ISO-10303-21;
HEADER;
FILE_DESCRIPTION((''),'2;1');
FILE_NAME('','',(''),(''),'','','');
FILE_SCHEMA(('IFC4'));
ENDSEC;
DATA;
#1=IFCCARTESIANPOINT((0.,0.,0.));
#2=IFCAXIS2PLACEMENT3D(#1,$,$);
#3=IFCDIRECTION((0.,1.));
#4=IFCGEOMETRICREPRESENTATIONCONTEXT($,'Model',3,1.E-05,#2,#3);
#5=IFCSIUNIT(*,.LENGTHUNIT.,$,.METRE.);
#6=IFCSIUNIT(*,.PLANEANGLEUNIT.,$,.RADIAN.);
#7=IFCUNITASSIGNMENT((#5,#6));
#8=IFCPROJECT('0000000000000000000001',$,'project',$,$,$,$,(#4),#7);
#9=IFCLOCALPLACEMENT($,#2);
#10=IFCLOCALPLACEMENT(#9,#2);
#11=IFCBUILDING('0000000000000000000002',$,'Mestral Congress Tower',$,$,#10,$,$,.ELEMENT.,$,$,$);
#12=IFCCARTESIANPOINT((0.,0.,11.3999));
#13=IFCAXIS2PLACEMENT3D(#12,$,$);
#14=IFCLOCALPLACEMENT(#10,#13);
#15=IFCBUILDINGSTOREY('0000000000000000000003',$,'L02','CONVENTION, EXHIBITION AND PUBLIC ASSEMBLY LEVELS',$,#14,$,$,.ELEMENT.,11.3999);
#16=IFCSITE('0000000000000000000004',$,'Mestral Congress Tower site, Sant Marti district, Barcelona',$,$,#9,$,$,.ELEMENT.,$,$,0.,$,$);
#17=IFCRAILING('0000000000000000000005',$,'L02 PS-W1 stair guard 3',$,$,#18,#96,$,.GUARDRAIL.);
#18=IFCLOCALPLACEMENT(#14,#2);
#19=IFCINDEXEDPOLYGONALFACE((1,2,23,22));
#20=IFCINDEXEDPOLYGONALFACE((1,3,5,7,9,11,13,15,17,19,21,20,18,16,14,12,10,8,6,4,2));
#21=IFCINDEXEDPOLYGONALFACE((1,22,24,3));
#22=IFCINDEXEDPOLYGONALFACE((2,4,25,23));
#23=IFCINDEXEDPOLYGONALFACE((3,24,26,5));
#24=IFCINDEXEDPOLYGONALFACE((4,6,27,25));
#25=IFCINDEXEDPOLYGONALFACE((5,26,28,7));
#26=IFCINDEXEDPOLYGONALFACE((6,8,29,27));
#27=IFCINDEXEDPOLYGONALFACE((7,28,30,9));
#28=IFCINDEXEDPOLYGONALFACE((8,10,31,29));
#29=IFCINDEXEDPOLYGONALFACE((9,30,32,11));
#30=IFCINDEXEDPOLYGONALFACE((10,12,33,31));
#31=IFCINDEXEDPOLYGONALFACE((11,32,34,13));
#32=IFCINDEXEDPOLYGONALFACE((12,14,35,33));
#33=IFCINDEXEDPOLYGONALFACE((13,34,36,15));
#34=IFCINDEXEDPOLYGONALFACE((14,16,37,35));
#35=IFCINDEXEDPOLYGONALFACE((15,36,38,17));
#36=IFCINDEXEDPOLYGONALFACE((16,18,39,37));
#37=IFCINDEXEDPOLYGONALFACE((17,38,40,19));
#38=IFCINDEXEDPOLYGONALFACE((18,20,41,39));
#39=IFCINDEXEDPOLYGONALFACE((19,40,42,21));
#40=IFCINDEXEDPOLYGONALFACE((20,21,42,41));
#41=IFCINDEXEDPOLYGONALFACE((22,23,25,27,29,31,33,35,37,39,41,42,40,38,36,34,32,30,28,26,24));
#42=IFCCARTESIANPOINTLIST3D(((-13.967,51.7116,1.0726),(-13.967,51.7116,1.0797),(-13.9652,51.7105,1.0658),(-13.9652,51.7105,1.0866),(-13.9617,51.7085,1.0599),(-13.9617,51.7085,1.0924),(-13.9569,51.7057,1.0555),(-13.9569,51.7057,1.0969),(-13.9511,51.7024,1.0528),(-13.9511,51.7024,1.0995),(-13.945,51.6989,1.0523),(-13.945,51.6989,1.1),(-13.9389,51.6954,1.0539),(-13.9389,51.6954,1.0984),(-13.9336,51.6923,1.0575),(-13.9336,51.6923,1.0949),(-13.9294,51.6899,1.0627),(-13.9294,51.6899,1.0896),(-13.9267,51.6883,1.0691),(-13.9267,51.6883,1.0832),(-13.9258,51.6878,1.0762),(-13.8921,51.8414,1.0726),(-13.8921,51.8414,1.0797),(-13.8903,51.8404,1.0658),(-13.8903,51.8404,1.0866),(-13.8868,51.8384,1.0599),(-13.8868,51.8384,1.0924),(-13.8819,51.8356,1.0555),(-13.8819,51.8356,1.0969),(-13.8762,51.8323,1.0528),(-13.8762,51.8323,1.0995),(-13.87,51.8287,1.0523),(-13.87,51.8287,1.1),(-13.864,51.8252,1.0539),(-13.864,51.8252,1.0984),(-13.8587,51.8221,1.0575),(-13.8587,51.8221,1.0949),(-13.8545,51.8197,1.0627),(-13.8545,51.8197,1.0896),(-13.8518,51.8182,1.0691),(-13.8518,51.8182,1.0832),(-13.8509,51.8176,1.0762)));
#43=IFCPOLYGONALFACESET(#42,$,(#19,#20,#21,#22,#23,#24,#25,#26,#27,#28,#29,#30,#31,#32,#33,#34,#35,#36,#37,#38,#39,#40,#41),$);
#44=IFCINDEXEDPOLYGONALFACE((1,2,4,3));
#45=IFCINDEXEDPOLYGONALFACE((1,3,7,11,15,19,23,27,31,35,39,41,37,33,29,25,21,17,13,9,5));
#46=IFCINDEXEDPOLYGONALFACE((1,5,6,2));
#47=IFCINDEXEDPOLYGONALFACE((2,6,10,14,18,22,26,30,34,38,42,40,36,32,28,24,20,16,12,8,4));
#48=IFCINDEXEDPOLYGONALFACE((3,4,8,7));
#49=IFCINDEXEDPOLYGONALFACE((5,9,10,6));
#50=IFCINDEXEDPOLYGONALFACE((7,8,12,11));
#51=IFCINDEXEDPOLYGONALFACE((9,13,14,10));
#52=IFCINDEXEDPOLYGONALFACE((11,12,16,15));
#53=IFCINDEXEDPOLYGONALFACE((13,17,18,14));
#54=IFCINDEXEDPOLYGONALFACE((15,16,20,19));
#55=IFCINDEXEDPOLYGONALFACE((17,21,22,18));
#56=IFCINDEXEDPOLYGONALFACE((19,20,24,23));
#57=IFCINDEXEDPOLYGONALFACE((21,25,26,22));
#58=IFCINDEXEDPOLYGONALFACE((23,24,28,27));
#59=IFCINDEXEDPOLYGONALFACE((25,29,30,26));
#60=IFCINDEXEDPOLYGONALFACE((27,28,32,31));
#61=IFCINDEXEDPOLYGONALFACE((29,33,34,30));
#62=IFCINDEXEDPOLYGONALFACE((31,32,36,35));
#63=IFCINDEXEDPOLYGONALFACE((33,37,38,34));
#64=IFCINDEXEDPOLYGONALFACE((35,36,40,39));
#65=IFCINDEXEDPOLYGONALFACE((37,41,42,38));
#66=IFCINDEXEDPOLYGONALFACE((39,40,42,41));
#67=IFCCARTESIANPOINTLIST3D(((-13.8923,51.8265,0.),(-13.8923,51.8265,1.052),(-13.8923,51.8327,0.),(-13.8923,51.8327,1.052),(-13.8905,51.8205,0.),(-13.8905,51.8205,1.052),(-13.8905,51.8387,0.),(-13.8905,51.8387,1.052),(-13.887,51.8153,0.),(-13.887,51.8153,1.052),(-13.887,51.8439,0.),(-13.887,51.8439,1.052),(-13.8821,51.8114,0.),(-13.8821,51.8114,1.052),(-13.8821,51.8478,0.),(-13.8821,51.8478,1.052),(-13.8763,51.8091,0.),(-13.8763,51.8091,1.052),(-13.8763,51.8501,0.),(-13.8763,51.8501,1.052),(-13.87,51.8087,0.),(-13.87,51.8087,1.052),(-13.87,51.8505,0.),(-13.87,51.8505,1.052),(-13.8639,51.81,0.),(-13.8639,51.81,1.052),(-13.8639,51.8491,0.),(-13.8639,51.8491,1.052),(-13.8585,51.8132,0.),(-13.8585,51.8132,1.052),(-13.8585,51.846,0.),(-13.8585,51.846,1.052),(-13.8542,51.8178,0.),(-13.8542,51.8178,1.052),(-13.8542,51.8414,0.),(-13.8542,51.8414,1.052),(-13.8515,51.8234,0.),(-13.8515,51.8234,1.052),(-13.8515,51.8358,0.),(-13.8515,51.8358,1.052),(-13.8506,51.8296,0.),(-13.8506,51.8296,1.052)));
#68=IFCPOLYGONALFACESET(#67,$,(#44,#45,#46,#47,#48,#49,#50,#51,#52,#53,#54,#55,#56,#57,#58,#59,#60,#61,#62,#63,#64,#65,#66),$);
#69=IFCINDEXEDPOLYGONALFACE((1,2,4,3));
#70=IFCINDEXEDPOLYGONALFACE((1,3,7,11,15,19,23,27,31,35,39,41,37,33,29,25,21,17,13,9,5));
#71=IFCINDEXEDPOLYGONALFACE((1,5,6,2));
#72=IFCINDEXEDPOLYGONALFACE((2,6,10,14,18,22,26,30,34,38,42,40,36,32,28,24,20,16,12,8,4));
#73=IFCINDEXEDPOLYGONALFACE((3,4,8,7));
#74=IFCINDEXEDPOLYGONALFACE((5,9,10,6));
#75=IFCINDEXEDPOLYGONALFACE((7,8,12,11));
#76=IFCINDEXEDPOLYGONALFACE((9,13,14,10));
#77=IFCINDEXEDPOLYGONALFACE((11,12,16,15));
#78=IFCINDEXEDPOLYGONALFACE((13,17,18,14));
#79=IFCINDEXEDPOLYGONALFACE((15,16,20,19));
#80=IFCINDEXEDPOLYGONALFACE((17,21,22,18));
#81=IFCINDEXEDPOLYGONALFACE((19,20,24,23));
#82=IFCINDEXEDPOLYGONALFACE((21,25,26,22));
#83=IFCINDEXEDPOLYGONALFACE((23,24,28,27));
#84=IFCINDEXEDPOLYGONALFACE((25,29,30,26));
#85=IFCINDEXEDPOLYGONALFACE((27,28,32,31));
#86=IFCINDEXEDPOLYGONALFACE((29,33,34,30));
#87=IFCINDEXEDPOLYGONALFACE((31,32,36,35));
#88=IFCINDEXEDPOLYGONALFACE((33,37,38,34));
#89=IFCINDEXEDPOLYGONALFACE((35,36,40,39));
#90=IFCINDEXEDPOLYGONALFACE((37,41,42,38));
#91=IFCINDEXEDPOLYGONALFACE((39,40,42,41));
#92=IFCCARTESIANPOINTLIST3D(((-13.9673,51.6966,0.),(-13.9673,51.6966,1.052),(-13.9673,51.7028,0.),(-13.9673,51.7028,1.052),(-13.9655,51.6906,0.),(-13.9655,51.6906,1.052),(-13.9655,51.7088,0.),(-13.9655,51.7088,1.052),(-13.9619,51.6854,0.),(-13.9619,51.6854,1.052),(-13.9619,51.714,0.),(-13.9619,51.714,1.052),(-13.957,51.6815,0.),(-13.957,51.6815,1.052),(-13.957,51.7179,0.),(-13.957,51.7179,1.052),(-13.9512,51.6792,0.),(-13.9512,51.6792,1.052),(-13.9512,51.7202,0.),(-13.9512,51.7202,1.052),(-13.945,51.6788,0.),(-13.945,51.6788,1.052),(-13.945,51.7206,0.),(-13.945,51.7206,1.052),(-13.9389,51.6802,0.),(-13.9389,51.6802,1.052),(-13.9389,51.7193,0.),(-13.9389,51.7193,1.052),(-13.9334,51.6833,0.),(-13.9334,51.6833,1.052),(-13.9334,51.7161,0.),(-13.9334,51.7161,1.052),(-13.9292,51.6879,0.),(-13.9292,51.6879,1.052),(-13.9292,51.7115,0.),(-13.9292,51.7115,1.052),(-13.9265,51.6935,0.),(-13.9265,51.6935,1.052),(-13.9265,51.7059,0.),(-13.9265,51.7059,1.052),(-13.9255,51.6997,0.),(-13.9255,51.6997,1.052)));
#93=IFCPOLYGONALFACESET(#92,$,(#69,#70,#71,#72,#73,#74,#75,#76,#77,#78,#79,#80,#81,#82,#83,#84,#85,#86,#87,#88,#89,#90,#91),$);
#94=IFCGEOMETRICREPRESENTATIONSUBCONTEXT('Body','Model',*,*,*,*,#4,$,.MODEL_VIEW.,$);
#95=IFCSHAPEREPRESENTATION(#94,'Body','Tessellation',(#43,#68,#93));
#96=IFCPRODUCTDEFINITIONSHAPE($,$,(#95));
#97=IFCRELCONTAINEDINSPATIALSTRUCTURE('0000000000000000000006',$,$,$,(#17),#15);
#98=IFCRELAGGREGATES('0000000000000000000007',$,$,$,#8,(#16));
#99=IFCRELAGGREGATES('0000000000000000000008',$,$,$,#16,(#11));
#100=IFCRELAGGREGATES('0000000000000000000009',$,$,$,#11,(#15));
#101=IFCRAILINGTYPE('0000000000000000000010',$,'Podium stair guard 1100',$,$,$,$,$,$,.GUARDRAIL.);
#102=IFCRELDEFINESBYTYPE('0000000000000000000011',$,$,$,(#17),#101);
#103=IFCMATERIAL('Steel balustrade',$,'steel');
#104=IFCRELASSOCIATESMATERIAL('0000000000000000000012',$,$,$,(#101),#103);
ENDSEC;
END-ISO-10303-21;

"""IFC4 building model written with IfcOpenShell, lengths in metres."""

from ifc_helpers import new_model, si_unit, direction, frame, origin, origin_2d, place, context, subcontext, project, spatial, circle, extrude, material, type_object, element, save


model = new_model("IFC4")

# Units and contexts
model_context = context("Model", 3, precision=1e-05, world=origin(), true_north=direction((0.0, 1.0)))
body_context = subcontext(model_context, "Body", "Model", "MODEL_VIEW")
ifc_project = project(units=[si_unit("LENGTHUNIT", "METRE"), si_unit("PLANEANGLEUNIT", "RADIAN")], contexts=[model_context])

# Site, building, storey
site_placement = place(None, origin())
site = spatial("IfcSite", under=ifc_project, at=site_placement, Name="Mestral Congress Tower site, Sant Marti district, Barcelona", CompositionType="ELEMENT", RefElevation=0.0)
building_placement = place(site_placement, origin())
building = spatial("IfcBuilding", under=site, at=building_placement, Name="Mestral Congress Tower", CompositionType="ELEMENT")
storey_placement = place(building_placement, frame((0.0, 0.0, 11.3999)))
storey = spatial("IfcBuildingStorey", under=building, at=storey_placement, Name="L02", Description="CONVENTION, EXHIBITION AND PUBLIC ASSEMBLY LEVELS", CompositionType="ELEMENT", Elevation=11.3999)

# Railing
ifc_material_1 = material(Name="Steel balustrade", Category="steel")
railing_type_1 = type_object("IfcRailingType", Name="Podium stair guard 1100", PredefinedType="GUARDRAIL", material=ifc_material_1)
railing_1_placement = place(storey_placement, frame((-13.8716, 51.8296, 0.0)))
element("IfcRailing", 1, at=railing_1_placement, inside=storey, type_object=railing_type_1, Name="L02 PS-W1 stair guard 3", PredefinedType="GUARDRAIL", context=body_context, shape_type="SweptSolid", body=[
    extrude(circle(Radius=0.0239, at=origin_2d()), frame((0.0, 0.0, 1.0762), z_axis=(-0.499816, -0.866131, 0.0), x_axis=(0.866131, -0.499816, 0.0)), (0.0, 0.0, 1.0), 0.1499),
    extrude(circle(Radius=0.021, at=origin_2d()), origin(), (0.0, 0.0, 1.0), 1.052),
    extrude(circle(Radius=0.021, at=origin_2d()), frame((-0.075, -0.1299, 0.0)), (0.0, 0.0, 1.0), 1.052),
])

save(model, "model.ifc")
